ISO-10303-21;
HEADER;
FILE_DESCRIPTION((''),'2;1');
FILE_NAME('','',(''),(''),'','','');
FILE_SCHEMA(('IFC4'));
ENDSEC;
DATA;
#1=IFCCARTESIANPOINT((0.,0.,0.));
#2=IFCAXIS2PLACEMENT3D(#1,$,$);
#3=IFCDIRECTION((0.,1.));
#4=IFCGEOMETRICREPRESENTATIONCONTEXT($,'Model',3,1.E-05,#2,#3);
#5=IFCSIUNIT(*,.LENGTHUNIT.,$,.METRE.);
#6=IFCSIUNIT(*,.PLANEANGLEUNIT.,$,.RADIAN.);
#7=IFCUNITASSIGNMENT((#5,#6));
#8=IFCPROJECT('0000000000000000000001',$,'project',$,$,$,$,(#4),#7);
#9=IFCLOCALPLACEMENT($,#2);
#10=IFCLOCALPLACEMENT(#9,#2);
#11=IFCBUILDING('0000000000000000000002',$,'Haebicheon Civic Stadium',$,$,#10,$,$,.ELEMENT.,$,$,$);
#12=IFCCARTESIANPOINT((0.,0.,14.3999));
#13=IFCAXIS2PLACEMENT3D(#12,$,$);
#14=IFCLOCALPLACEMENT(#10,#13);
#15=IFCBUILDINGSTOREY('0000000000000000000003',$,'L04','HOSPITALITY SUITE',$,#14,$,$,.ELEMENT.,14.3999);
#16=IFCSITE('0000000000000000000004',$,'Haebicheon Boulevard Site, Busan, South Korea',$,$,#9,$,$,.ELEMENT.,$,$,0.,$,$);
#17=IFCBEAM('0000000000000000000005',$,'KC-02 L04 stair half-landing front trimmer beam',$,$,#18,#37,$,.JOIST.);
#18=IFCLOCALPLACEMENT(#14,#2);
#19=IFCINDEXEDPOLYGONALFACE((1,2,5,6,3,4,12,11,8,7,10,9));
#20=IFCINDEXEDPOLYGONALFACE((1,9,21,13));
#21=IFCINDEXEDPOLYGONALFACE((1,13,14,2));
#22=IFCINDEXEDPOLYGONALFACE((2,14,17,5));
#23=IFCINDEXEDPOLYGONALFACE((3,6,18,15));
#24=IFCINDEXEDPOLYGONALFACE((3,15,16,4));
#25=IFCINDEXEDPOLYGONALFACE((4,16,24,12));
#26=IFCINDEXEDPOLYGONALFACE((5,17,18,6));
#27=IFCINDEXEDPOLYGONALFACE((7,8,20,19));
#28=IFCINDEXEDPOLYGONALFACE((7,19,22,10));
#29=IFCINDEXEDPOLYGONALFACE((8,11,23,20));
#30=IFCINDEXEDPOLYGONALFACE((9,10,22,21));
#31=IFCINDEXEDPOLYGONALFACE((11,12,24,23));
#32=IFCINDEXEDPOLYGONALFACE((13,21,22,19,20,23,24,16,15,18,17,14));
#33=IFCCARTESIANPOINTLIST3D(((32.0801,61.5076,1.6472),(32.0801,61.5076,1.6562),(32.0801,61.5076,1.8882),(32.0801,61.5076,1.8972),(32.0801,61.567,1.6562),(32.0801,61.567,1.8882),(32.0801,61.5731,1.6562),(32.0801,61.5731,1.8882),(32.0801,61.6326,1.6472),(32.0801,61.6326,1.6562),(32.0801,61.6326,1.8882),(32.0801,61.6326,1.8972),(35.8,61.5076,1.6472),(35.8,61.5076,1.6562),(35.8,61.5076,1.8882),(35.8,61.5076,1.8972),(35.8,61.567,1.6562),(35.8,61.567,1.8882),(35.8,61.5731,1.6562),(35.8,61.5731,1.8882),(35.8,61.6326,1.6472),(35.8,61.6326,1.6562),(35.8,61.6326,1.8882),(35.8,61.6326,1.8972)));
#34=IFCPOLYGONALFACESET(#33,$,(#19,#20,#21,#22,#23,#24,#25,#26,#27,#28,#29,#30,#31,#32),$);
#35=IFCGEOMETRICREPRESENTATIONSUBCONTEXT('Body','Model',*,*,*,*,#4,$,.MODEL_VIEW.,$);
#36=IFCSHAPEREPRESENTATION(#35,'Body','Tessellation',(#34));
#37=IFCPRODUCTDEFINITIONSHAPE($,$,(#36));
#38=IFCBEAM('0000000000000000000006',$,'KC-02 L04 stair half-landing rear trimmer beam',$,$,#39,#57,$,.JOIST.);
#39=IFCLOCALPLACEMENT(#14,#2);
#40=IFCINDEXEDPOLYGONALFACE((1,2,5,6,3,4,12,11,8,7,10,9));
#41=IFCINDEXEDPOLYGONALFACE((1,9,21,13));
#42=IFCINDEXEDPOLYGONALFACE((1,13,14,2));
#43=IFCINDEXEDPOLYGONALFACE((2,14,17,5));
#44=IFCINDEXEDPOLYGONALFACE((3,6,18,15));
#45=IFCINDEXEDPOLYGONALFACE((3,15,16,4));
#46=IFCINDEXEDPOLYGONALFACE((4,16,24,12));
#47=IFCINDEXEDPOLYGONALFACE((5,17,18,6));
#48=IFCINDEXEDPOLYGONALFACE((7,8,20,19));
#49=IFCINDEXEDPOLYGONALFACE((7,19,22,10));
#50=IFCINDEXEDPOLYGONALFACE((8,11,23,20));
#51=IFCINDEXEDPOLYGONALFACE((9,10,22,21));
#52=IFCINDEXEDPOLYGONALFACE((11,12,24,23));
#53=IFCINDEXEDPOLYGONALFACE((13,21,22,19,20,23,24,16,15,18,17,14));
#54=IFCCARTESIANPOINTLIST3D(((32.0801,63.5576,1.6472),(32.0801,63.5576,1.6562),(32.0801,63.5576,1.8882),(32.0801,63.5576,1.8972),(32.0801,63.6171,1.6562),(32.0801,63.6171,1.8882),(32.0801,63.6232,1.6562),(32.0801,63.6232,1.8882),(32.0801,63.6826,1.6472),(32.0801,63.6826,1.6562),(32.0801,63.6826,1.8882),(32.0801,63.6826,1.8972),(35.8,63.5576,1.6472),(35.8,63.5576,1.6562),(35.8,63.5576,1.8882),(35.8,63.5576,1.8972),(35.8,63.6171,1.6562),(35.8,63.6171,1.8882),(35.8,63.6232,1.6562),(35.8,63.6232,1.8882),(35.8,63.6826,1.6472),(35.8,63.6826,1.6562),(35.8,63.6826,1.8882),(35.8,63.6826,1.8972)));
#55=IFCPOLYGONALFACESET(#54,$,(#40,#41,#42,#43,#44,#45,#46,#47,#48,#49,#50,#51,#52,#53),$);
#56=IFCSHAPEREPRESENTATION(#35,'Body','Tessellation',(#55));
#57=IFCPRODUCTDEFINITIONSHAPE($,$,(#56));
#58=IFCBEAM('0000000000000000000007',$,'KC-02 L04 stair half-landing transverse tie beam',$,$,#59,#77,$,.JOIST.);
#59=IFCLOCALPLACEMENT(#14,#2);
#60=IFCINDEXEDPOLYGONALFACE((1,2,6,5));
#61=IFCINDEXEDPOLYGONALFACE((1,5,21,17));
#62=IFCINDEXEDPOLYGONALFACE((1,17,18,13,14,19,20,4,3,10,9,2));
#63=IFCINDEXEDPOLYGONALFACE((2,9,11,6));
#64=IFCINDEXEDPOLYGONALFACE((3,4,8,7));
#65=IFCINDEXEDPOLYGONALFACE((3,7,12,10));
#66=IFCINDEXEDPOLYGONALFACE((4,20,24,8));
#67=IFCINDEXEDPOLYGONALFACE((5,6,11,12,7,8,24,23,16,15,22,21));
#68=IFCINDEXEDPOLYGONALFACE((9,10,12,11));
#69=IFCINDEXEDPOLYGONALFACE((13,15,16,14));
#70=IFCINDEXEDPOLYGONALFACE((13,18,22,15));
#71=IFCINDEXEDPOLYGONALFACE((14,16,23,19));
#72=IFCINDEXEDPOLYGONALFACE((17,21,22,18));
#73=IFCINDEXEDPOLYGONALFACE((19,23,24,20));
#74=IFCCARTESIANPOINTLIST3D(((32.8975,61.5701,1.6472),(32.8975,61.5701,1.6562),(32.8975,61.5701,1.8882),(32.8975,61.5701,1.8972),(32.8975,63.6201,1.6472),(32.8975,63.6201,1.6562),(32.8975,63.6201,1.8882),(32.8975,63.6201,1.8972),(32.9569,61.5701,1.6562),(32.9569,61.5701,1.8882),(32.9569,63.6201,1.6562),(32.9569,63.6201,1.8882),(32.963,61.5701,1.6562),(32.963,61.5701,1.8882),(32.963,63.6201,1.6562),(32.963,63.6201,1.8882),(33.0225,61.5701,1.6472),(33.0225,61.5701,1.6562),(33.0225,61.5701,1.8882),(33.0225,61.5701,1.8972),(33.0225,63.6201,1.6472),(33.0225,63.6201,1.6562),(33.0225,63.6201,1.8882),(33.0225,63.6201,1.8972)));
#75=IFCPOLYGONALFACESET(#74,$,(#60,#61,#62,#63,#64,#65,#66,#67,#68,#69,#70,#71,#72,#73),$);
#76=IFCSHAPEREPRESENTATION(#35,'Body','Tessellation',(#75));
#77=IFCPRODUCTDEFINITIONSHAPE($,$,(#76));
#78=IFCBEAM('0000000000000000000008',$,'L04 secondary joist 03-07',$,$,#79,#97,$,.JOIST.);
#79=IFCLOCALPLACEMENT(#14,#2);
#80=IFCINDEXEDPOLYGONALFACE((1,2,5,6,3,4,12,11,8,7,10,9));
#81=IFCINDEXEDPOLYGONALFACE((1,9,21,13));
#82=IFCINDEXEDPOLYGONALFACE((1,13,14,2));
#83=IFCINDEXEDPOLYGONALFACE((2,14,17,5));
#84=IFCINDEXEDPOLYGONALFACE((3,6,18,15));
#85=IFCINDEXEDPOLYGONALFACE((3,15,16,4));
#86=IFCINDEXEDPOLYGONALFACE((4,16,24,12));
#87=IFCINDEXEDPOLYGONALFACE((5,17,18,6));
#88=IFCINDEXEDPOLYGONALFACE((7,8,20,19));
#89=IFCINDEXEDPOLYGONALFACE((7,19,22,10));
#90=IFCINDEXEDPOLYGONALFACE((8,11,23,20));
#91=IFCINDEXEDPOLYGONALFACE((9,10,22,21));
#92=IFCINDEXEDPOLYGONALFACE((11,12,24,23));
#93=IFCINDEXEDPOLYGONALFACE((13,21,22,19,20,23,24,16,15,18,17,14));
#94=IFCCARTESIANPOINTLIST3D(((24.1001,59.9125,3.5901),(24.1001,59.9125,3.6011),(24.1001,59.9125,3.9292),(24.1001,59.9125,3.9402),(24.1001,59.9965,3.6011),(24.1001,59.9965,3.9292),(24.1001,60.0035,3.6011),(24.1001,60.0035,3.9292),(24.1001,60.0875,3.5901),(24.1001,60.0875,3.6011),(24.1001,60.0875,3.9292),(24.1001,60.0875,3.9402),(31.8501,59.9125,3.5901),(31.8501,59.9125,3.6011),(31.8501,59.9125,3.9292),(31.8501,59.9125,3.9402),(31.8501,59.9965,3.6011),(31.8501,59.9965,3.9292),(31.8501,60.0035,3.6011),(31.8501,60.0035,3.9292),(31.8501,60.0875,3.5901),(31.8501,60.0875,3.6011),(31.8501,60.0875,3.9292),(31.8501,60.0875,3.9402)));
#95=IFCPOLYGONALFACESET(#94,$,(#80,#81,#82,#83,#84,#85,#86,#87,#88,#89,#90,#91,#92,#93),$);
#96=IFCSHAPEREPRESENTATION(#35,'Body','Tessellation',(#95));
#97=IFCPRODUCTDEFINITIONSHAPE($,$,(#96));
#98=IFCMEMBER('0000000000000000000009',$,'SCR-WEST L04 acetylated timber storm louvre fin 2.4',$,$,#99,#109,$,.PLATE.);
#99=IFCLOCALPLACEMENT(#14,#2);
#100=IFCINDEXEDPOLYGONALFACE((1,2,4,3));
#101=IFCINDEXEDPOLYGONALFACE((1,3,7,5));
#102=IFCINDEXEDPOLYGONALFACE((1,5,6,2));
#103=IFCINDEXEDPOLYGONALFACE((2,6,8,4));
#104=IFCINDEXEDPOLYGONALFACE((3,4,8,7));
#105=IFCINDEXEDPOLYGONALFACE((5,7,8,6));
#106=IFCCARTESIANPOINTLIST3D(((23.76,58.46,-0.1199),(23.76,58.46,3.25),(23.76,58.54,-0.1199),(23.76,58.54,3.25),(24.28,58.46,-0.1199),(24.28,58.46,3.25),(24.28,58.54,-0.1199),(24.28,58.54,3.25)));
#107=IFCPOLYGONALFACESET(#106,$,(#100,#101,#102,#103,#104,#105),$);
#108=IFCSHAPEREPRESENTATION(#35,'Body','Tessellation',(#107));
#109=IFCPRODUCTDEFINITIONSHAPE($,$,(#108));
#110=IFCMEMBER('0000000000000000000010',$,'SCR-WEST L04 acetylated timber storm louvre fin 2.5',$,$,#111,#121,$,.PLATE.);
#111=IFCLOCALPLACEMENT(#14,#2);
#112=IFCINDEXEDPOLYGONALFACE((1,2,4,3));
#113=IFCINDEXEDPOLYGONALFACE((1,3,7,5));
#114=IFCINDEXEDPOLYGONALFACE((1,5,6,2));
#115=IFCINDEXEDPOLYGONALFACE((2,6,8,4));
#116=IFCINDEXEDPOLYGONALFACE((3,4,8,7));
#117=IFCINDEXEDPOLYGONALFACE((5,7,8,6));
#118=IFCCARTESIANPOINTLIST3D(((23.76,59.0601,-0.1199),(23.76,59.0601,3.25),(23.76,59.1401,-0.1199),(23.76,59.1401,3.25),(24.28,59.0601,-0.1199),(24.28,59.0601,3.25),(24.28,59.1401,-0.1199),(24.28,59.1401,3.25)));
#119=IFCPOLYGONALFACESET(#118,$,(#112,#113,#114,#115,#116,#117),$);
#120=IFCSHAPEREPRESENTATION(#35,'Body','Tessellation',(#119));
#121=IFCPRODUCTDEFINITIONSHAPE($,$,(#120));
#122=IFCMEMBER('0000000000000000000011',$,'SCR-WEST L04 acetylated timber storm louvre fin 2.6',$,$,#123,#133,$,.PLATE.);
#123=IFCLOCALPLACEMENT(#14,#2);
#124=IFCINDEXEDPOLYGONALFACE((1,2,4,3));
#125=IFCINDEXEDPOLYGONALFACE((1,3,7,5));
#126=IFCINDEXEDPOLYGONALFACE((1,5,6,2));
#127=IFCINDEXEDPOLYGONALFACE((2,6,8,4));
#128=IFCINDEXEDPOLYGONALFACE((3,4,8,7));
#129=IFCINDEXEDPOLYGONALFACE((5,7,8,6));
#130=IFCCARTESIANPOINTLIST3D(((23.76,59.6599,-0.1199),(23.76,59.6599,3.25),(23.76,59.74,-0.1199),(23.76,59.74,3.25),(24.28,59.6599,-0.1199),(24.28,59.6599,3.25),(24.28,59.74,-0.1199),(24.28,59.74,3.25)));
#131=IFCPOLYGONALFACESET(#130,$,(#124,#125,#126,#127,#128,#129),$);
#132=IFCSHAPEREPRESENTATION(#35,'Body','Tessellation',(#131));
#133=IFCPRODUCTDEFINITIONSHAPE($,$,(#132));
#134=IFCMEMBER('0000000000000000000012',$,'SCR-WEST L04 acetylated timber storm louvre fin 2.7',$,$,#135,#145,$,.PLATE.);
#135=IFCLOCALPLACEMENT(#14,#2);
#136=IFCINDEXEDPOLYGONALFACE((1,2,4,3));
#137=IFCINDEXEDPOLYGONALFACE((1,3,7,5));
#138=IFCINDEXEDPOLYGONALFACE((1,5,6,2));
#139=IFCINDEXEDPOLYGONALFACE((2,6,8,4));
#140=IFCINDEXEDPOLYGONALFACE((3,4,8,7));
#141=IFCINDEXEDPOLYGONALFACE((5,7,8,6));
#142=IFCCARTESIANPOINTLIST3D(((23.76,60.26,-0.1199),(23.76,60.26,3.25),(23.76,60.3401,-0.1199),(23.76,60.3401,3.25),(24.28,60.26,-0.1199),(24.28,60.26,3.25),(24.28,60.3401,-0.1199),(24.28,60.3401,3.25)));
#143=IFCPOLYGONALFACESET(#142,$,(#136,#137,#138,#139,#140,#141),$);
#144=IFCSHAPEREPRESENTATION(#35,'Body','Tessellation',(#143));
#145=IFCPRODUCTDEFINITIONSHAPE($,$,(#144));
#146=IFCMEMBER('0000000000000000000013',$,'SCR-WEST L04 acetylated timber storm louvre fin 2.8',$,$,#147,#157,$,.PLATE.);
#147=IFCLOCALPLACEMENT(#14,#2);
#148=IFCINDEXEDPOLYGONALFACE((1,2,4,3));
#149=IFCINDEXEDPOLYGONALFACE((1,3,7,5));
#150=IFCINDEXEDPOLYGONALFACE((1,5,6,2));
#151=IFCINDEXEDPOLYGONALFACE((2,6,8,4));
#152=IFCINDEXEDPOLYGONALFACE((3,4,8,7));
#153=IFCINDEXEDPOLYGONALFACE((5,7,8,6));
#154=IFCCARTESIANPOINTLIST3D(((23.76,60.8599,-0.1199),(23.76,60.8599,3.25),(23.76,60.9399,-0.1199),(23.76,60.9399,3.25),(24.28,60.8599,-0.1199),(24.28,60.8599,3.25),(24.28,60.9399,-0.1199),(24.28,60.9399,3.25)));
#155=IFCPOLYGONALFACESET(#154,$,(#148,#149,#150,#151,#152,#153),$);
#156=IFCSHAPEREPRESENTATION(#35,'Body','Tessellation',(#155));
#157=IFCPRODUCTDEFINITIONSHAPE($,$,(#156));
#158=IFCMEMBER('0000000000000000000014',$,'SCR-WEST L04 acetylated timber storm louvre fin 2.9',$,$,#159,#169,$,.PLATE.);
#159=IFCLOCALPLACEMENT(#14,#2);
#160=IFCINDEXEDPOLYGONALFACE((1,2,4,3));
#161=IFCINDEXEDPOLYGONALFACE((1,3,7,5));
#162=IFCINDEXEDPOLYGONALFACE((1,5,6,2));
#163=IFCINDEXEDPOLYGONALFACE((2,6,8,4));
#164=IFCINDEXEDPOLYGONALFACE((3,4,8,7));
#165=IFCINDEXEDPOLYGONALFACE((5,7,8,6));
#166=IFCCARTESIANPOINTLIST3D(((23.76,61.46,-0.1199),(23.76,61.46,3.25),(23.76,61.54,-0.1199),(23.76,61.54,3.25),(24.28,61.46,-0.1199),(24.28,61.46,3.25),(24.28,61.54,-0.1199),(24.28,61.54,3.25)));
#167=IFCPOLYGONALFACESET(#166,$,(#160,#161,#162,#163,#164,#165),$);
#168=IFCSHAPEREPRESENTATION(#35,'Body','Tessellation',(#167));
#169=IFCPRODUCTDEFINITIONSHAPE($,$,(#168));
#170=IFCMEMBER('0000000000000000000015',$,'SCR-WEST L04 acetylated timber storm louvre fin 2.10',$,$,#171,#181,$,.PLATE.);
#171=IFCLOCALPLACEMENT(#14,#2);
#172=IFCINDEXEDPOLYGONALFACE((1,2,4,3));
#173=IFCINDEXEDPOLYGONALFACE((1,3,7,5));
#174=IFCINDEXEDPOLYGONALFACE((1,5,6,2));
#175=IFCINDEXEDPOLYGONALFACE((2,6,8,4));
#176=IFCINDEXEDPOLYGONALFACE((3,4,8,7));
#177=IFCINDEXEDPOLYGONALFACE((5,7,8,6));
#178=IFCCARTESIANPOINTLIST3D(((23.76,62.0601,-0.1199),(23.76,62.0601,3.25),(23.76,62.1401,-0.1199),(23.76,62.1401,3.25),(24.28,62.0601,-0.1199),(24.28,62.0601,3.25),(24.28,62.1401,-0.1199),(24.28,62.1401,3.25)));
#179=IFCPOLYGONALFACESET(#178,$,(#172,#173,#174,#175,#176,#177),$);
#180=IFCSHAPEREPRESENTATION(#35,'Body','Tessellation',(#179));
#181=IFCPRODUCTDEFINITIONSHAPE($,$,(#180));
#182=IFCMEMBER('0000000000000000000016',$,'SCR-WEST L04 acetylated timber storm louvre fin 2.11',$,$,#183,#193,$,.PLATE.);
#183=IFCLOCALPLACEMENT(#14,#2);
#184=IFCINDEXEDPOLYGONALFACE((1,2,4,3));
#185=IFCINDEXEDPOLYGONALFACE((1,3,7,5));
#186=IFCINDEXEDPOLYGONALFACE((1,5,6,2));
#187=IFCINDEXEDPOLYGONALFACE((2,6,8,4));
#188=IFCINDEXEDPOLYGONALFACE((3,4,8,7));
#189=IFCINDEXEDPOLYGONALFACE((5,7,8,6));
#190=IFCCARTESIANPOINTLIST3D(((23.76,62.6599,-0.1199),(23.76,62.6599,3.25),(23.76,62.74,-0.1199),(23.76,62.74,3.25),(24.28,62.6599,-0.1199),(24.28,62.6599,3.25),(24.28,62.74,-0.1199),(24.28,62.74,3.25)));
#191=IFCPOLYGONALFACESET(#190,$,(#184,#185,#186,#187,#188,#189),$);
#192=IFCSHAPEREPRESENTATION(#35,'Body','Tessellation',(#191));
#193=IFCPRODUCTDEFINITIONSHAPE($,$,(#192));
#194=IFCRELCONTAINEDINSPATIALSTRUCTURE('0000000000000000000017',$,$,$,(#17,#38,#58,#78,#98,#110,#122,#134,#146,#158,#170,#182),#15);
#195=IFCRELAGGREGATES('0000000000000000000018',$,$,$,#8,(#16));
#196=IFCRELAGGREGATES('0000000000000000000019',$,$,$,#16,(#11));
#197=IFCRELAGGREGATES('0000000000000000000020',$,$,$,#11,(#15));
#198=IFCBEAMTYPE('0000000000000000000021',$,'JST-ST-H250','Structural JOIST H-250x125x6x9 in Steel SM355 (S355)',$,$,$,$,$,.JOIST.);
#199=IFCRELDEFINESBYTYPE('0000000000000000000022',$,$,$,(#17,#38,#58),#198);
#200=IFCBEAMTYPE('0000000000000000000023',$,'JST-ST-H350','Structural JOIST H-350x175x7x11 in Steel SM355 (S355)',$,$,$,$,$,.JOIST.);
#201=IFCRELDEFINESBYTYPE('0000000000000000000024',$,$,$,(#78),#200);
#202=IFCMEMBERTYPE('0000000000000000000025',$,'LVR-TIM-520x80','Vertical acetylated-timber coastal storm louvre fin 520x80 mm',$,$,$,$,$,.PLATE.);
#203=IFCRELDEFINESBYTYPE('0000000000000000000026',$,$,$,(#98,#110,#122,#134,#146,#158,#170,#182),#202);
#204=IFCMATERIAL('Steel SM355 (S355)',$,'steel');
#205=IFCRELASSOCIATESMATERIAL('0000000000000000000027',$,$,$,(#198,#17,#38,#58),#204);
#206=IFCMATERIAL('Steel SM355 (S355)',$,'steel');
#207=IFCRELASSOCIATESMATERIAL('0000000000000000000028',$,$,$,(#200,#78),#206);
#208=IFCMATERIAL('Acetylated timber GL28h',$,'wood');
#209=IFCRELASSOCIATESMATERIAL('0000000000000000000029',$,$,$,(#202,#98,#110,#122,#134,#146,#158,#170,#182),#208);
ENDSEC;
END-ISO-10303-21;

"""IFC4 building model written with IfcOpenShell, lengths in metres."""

from ifc_helpers import new_model, si_unit, direction, frame, origin, origin_2d, place, context, subcontext, project, spatial, rectangle, i_section, extrude, material, material_profile, profile_set, type_object, element, save


model = new_model("IFC4")

# Units and contexts
model_context = context("Model", 3, precision=1e-05, world=origin(), true_north=direction((0.0, 1.0)))
body_context = subcontext(model_context, "Body", "Model", "MODEL_VIEW")
ifc_project = project(units=[si_unit("LENGTHUNIT", "METRE"), si_unit("PLANEANGLEUNIT", "RADIAN")], contexts=[model_context])

# Site, building, storey
site_placement = place(None, origin())
site = spatial("IfcSite", under=ifc_project, at=site_placement, Name="Haebicheon Boulevard Site, Busan, South Korea", CompositionType="ELEMENT", RefElevation=0.0)
building_placement = place(site_placement, origin())
building = spatial("IfcBuilding", under=site, at=building_placement, Name="Haebicheon Civic Stadium", CompositionType="ELEMENT")
storey_placement = place(building_placement, frame((0.0, 0.0, 14.3999)))
storey = spatial("IfcBuildingStorey", under=building, at=storey_placement, Name="L04", Description="HOSPITALITY SUITE", CompositionType="ELEMENT", Elevation=14.3999)

# Beams
ifc_material_1 = material(Name="Steel SM355 (S355)", Category="steel")
ifc_material_profile_1 = material_profile(ifc_material_1, i_section(OverallWidth=0.125, OverallDepth=0.25, WebThickness=0.0061, FlangeThickness=0.009, at=origin_2d()), Name="H-250x125x6x9")
ifc_profile_set_1 = profile_set([ifc_material_profile_1], Name="Steel SM355 (S355)")
beam_type_1 = type_object("IfcBeamType", Name="JST-ST-H250", Description="Structural JOIST H-250x125x6x9 in Steel SM355 (S355)", PredefinedType="JOIST", material=ifc_profile_set_1)
for number, where, z_axis, x_axis, name in (
    (1, (32.0801, 61.5701, 1.7722), (1.0, 0.0, 0.0), (0.0, 1.0, 0.0), "KC-02 L04 stair half-landing front trimmer beam"),
    (2, (32.0801, 63.6201, 1.7722), (1.0, 0.0, 0.0), (0.0, 1.0, 0.0), "KC-02 L04 stair half-landing rear trimmer beam"),
):
    element("IfcBeam", number, at=place(storey_placement, frame(where, z_axis=z_axis, x_axis=x_axis)), inside=storey, type_object=beam_type_1, material=ifc_profile_set_1, Name=name, PredefinedType="JOIST", context=body_context, shape_type="SweptSolid", body=[
        extrude(i_section(OverallWidth=0.125, OverallDepth=0.25, WebThickness=0.0061, FlangeThickness=0.009, at=origin_2d()), origin(), (0.0, 0.0, 1.0), 3.72),
    ])
beam_1_placement = place(storey_placement, frame((32.96, 61.5701, 1.7722), z_axis=(0.0, 1.0, 0.0), x_axis=(-1.0, 0.0, 0.0)))
element("IfcBeam", 3, at=beam_1_placement, inside=storey, type_object=beam_type_1, material=ifc_profile_set_1, Name="KC-02 L04 stair half-landing transverse tie beam", PredefinedType="JOIST", context=body_context, shape_type="SweptSolid", body=[
    extrude(i_section(OverallWidth=0.125, OverallDepth=0.25, WebThickness=0.0061, FlangeThickness=0.009, at=origin_2d()), origin(), (0.0, 0.0, 1.0), 2.05),
])
ifc_material_2 = material(Name="Steel SM355 (S355)", Category="steel")
ifc_material_profile_2 = material_profile(ifc_material_2, i_section(OverallWidth=0.175, OverallDepth=0.3501, WebThickness=0.0071, FlangeThickness=0.011, at=origin_2d()), Name="H-350x175x7x11")
ifc_profile_set_2 = profile_set([ifc_material_profile_2], Name="Steel SM355 (S355)")
beam_type_2 = type_object("IfcBeamType", Name="JST-ST-H350", Description="Structural JOIST H-350x175x7x11 in Steel SM355 (S355)", PredefinedType="JOIST", material=ifc_profile_set_2)
beam_2_placement = place(storey_placement, frame((24.1001, 60.0, 3.7651), z_axis=(1.0, 0.0, 0.0), x_axis=(0.0, 1.0, 0.0)))
element("IfcBeam", 4, at=beam_2_placement, inside=storey, type_object=beam_type_2, material=ifc_profile_set_2, Name="L04 secondary joist 03-07", PredefinedType="JOIST", context=body_context, shape_type="SweptSolid", body=[
    extrude(i_section(OverallWidth=0.175, OverallDepth=0.3501, WebThickness=0.0071, FlangeThickness=0.011, at=origin_2d()), origin(), (0.0, 0.0, 1.0), 7.75),
])

# Members
ifc_material_3 = material(Name="Acetylated timber GL28h", Category="wood")
ifc_material_profile_3 = material_profile(ifc_material_3, rectangle(XDim=0.0801, YDim=0.52, at=origin_2d()), Name="TMB-LOUV-80x520")
ifc_profile_set_3 = profile_set([ifc_material_profile_3], Name="Acetylated timber GL28h")
member_type = type_object("IfcMemberType", Name="LVR-TIM-520x80", Description="Vertical acetylated-timber coastal storm louvre fin 520x80 mm", PredefinedType="PLATE", material=ifc_profile_set_3)
for number, where, z_axis, x_axis, name in (
    (5, (24.02, 58.5, -0.1199), (0.0, 0.0, 1.0), (0.0, 1.0, 0.0), "SCR-WEST L04 acetylated timber storm louvre fin 2.4"),
    (6, (24.02, 59.1001, -0.1199), (0.0, 0.0, 1.0), (0.0, 1.0, 0.0), "SCR-WEST L04 acetylated timber storm louvre fin 2.5"),
    (7, (24.02, 59.7, -0.1199), (0.0, 0.0, 1.0), (0.0, 1.0, 0.0), "SCR-WEST L04 acetylated timber storm louvre fin 2.6"),
    (8, (24.02, 60.3, -0.1199), (0.0, 0.0, 1.0), (0.0, 1.0, 0.0), "SCR-WEST L04 acetylated timber storm louvre fin 2.7"),
    (9, (24.02, 60.8999, -0.1199), (0.0, 0.0, 1.0), (0.0, 1.0, 0.0), "SCR-WEST L04 acetylated timber storm louvre fin 2.8"),
    (10, (24.02, 61.5, -0.1199), (0.0, 0.0, 1.0), (0.0, 1.0, 0.0), "SCR-WEST L04 acetylated timber storm louvre fin 2.9"),
    (11, (24.02, 62.1001, -0.1199), (0.0, 0.0, 1.0), (0.0, 1.0, 0.0), "SCR-WEST L04 acetylated timber storm louvre fin 2.10"),
    (12, (24.02, 62.7, -0.1199), (0.0, 0.0, 1.0), (0.0, 1.0, 0.0), "SCR-WEST L04 acetylated timber storm louvre fin 2.11"),
):
    element("IfcMember", number, at=place(storey_placement, frame(where, z_axis=z_axis, x_axis=x_axis)), inside=storey, type_object=member_type, material=ifc_profile_set_3, Name=name, PredefinedType="PLATE", context=body_context, shape_type="SweptSolid", body=[
        extrude(rectangle(XDim=0.0801, YDim=0.52, at=origin_2d()), origin(), (0.0, 0.0, 1.0), 3.3699),
    ])

save(model, "model.ifc")
